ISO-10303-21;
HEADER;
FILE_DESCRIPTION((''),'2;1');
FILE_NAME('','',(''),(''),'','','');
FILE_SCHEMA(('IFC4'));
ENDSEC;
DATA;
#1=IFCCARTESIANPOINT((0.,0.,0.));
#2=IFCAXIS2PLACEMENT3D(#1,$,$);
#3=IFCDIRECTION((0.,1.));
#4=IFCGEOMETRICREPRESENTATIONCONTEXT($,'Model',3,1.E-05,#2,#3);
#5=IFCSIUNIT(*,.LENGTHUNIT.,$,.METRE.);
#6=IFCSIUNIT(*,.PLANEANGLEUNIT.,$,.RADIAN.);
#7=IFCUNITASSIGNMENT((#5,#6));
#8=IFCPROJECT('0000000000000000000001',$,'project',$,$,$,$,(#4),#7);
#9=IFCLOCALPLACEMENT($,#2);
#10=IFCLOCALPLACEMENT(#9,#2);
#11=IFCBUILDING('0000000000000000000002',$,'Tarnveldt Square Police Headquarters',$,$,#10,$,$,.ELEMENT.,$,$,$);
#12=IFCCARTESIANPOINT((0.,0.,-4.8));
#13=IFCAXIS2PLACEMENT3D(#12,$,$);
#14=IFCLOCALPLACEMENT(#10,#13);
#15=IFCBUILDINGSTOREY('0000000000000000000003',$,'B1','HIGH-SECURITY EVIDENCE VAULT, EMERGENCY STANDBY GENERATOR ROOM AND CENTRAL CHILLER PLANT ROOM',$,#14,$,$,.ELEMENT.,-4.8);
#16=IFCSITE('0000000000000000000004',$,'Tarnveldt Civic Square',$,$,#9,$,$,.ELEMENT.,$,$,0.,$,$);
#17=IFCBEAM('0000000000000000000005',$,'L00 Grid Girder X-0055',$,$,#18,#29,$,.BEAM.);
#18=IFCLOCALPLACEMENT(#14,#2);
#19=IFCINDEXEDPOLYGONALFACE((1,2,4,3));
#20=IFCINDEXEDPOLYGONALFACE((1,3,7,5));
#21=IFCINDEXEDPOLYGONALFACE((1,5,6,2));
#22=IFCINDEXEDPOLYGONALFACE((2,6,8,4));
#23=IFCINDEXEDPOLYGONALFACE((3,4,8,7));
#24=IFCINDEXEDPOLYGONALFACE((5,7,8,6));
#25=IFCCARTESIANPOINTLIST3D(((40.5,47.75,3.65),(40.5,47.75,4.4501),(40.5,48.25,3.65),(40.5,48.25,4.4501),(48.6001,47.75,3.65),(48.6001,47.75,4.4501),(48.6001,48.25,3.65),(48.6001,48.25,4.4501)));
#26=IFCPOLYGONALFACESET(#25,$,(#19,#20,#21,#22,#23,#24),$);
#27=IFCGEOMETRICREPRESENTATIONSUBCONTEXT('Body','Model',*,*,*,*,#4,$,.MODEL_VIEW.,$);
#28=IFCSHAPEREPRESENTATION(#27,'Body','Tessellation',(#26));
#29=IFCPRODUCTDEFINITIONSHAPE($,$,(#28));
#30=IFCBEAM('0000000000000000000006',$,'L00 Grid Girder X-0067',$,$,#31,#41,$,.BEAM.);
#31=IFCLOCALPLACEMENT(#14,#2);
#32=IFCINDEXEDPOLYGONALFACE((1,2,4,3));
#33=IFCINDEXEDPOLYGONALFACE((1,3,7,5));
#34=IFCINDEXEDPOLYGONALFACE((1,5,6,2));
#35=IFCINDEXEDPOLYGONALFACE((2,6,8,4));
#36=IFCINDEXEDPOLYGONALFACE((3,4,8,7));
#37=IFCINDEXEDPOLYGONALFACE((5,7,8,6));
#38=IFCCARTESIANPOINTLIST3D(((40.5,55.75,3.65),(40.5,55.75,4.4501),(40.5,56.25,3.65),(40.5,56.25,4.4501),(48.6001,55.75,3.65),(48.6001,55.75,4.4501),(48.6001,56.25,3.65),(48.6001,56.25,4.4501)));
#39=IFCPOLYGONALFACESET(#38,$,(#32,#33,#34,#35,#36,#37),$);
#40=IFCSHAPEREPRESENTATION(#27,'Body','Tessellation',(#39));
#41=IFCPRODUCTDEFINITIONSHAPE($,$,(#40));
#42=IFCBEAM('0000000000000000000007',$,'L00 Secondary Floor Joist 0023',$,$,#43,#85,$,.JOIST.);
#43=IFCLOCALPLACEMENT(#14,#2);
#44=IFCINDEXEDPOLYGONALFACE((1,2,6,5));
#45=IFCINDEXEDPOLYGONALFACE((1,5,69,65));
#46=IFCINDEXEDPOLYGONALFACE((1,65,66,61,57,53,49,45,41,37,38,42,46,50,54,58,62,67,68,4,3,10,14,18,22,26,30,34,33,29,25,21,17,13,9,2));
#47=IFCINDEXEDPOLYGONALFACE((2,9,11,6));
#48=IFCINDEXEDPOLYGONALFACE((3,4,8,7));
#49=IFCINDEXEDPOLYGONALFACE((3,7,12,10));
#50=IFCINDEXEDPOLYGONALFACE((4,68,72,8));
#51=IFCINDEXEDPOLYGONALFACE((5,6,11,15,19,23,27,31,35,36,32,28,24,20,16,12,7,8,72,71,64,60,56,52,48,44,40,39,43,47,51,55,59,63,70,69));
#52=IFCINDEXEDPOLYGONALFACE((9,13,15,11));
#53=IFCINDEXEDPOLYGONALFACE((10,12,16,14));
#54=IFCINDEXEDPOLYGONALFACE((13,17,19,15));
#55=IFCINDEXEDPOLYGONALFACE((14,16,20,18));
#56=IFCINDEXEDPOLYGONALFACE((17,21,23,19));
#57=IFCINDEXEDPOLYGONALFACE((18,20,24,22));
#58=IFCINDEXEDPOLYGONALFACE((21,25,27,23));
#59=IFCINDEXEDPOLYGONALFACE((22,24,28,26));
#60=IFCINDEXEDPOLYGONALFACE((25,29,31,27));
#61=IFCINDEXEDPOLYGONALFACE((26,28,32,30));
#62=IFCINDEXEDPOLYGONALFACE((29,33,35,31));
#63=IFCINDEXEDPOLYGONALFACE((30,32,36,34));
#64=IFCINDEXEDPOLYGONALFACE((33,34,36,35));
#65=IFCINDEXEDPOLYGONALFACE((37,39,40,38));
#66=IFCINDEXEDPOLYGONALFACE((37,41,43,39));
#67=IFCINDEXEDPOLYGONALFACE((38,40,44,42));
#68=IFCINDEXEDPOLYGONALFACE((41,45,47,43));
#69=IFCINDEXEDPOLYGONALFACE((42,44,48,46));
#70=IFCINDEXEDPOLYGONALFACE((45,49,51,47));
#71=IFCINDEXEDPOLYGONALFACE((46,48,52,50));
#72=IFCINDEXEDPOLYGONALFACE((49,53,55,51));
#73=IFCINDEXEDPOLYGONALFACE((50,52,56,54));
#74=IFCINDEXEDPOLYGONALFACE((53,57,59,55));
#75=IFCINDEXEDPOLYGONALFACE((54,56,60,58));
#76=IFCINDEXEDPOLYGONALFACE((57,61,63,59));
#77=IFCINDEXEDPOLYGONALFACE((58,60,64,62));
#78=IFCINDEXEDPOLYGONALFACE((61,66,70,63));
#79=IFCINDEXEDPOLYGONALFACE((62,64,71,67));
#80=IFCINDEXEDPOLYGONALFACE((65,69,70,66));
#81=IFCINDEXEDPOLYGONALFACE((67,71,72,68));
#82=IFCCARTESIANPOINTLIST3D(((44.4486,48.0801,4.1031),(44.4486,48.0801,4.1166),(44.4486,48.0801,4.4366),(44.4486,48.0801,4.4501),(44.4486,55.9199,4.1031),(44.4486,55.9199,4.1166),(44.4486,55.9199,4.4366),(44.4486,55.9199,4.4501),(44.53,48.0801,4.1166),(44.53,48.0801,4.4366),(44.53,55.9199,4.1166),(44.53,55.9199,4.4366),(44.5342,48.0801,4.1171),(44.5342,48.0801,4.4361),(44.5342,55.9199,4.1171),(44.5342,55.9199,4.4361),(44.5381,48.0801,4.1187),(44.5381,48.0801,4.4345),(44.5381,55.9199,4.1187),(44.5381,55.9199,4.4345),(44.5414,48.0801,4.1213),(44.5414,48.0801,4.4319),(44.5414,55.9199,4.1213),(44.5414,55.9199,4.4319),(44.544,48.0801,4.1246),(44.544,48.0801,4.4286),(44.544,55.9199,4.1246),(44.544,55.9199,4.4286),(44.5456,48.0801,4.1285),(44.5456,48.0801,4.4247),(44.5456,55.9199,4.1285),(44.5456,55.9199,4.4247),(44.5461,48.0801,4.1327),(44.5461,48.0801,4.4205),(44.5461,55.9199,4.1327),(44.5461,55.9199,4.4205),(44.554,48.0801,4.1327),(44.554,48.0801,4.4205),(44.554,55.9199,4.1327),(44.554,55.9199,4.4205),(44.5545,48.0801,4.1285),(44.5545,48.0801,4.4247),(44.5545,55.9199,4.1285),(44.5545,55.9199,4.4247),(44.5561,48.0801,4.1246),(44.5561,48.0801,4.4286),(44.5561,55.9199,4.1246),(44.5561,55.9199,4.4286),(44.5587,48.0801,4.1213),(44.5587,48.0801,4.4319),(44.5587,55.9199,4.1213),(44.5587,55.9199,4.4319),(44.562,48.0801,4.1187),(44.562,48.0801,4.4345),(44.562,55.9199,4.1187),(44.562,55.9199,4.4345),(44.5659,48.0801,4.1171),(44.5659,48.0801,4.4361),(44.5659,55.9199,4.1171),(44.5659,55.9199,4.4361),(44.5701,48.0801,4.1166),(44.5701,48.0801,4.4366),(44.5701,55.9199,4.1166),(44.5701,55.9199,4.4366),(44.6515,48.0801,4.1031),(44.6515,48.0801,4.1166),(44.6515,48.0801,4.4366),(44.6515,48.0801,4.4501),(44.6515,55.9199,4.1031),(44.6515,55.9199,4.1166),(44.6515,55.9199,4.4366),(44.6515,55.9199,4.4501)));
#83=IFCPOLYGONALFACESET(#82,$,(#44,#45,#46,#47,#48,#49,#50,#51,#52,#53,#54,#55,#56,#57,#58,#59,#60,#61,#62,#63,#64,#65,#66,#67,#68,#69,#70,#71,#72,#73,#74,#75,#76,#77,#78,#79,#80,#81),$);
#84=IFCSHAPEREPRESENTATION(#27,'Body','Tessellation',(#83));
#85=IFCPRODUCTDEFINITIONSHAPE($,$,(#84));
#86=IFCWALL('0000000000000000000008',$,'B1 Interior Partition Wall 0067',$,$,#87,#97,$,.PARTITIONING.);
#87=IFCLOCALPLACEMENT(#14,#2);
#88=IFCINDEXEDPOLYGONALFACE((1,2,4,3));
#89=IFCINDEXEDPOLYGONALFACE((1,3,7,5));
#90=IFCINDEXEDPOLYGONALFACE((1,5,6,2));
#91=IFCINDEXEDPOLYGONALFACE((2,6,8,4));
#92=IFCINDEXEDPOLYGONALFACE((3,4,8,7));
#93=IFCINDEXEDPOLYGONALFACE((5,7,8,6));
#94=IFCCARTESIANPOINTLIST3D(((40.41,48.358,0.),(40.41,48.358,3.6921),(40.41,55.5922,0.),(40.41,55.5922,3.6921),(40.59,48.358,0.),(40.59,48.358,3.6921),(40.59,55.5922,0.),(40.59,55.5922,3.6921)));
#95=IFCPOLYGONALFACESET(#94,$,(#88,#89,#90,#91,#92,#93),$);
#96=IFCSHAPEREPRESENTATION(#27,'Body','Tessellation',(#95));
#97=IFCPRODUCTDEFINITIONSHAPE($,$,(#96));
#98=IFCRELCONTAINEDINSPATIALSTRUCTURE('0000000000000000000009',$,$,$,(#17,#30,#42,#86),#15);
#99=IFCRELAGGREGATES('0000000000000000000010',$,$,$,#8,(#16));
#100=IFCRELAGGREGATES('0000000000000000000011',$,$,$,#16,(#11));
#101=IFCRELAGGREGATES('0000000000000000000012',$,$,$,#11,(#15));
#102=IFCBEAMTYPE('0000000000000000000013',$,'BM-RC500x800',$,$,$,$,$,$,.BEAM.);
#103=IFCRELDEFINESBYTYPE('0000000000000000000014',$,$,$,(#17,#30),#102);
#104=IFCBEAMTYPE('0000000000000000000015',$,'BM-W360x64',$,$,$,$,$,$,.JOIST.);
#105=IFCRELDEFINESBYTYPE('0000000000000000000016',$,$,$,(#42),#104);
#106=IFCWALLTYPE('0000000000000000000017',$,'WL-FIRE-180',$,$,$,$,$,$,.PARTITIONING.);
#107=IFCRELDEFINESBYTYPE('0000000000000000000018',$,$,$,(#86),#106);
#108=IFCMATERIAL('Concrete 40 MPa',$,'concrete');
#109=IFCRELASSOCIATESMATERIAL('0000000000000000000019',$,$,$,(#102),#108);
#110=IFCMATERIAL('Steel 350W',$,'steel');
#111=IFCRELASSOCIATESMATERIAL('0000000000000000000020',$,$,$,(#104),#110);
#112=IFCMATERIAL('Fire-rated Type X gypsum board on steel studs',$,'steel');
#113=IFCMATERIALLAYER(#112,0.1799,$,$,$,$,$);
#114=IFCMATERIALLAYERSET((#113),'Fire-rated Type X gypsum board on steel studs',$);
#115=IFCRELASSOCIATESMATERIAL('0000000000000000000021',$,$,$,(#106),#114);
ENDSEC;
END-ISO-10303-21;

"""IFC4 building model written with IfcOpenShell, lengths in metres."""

from ifc_helpers import new_model, si_unit, direction, frame, frame_2d, origin, origin_2d, place, context, subcontext, project, spatial, rectangle, i_section, extrude, material, layer, layer_set, material_profile, profile_set, type_object, element, save


model = new_model("IFC4")

# Units and contexts
model_context = context("Model", 3, precision=1e-05, world=origin(), true_north=direction((0.0, 1.0)))
body_context = subcontext(model_context, "Body", "Model", "MODEL_VIEW")
ifc_project = project(units=[si_unit("LENGTHUNIT", "METRE"), si_unit("PLANEANGLEUNIT", "RADIAN")], contexts=[model_context])

# Site, building, storey
site_placement = place(None, origin())
site = spatial("IfcSite", under=ifc_project, at=site_placement, Name="Tarnveldt Civic Square", CompositionType="ELEMENT", RefElevation=0.0)
building_placement = place(site_placement, origin())
building = spatial("IfcBuilding", under=site, at=building_placement, Name="Tarnveldt Square Police Headquarters", CompositionType="ELEMENT")
storey_placement = place(building_placement, frame((0.0, 0.0, -4.8)))
storey = spatial("IfcBuildingStorey", under=building, at=storey_placement, Name="B1", Description="HIGH-SECURITY EVIDENCE VAULT, EMERGENCY STANDBY GENERATOR ROOM AND CENTRAL CHILLER PLANT ROOM", CompositionType="ELEMENT", Elevation=-4.8)

# Beams
ifc_material_1 = material(Name="Concrete 40 MPa", Category="concrete")
ifc_material_profile_1 = material_profile(ifc_material_1, rectangle(XDim=0.5, YDim=0.8, at=origin_2d()), Name="RC-B500x800")
ifc_profile_set_1 = profile_set([ifc_material_profile_1], Name="Concrete 40 MPa")
beam_type_1 = type_object("IfcBeamType", Name="BM-RC500x800", PredefinedType="BEAM", material=ifc_profile_set_1)
for number, where, z_axis, x_axis, name in (
    (1, (40.5, 48.0, 4.05), (1.0, 0.0, 0.0), (0.0, 1.0, 0.0), "L00 Grid Girder X-0055"),
    (2, (40.5, 56.0, 4.05), (1.0, 0.0, 0.0), (0.0, 1.0, 0.0), "L00 Grid Girder X-0067"),
):
    element("IfcBeam", number, at=place(storey_placement, frame(where, z_axis=z_axis, x_axis=x_axis)), inside=storey, type_object=beam_type_1, Name=name, PredefinedType="BEAM", context=body_context, shape_type="SweptSolid", body=[
        extrude(rectangle(XDim=0.5, YDim=0.8, at=origin_2d()), origin(), (0.0, 0.0, 1.0), 8.1001),
    ])
ifc_material_2 = material(Name="Steel 350W", Category="steel")
ifc_material_profile_2 = material_profile(ifc_material_2, i_section(OverallWidth=0.2029, OverallDepth=0.3469, WebThickness=0.0078, FlangeThickness=0.0134, FilletRadius=0.0161, at=origin_2d()), Name="W360x64")
ifc_profile_set_2 = profile_set([ifc_material_profile_2], Name="Steel 350W")
beam_type_2 = type_object("IfcBeamType", Name="BM-W360x64", PredefinedType="JOIST", material=ifc_profile_set_2)
beam_placement = place(storey_placement, frame((44.55, 48.0801, 4.2766), z_axis=(0.0, 1.0, 0.0), x_axis=(-1.0, 0.0, 0.0)))
element("IfcBeam", 3, at=beam_placement, inside=storey, type_object=beam_type_2, Name="L00 Secondary Floor Joist 0023", PredefinedType="JOIST", context=body_context, shape_type="SweptSolid", body=[
    extrude(i_section(OverallWidth=0.2029, OverallDepth=0.3469, WebThickness=0.0078, FlangeThickness=0.0134, FilletRadius=0.0161, at=origin_2d()), origin(), (0.0, 0.0, 1.0), 7.8398),
])

# Wall
ifc_material_3 = material(Name="Fire-rated Type X gypsum board on steel studs", Category="steel")
ifc_layer = layer(ifc_material_3, 0.1799)
ifc_layer_set = layer_set([ifc_layer], Name="Fire-rated Type X gypsum board on steel studs")
wall_type = type_object("IfcWallType", Name="WL-FIRE-180", PredefinedType="PARTITIONING", material=ifc_layer_set)
wall_placement = place(storey_placement, frame((40.5, 48.3579, 0.0), z_axis=(0.0, 0.0, 1.0), x_axis=(0.0, 1.0, 0.0)))
element("IfcWall", 4, at=wall_placement, inside=storey, type_object=wall_type, Name="B1 Interior Partition Wall 0067", PredefinedType="PARTITIONING", context=body_context, shape_type="SweptSolid", body=[
    extrude(rectangle(XDim=7.2341, YDim=0.1799, at=frame_2d((3.6172, 0.0))), origin(), (0.0, 0.0, 1.0), 3.6921),
])

save(model, "model.ifc")
